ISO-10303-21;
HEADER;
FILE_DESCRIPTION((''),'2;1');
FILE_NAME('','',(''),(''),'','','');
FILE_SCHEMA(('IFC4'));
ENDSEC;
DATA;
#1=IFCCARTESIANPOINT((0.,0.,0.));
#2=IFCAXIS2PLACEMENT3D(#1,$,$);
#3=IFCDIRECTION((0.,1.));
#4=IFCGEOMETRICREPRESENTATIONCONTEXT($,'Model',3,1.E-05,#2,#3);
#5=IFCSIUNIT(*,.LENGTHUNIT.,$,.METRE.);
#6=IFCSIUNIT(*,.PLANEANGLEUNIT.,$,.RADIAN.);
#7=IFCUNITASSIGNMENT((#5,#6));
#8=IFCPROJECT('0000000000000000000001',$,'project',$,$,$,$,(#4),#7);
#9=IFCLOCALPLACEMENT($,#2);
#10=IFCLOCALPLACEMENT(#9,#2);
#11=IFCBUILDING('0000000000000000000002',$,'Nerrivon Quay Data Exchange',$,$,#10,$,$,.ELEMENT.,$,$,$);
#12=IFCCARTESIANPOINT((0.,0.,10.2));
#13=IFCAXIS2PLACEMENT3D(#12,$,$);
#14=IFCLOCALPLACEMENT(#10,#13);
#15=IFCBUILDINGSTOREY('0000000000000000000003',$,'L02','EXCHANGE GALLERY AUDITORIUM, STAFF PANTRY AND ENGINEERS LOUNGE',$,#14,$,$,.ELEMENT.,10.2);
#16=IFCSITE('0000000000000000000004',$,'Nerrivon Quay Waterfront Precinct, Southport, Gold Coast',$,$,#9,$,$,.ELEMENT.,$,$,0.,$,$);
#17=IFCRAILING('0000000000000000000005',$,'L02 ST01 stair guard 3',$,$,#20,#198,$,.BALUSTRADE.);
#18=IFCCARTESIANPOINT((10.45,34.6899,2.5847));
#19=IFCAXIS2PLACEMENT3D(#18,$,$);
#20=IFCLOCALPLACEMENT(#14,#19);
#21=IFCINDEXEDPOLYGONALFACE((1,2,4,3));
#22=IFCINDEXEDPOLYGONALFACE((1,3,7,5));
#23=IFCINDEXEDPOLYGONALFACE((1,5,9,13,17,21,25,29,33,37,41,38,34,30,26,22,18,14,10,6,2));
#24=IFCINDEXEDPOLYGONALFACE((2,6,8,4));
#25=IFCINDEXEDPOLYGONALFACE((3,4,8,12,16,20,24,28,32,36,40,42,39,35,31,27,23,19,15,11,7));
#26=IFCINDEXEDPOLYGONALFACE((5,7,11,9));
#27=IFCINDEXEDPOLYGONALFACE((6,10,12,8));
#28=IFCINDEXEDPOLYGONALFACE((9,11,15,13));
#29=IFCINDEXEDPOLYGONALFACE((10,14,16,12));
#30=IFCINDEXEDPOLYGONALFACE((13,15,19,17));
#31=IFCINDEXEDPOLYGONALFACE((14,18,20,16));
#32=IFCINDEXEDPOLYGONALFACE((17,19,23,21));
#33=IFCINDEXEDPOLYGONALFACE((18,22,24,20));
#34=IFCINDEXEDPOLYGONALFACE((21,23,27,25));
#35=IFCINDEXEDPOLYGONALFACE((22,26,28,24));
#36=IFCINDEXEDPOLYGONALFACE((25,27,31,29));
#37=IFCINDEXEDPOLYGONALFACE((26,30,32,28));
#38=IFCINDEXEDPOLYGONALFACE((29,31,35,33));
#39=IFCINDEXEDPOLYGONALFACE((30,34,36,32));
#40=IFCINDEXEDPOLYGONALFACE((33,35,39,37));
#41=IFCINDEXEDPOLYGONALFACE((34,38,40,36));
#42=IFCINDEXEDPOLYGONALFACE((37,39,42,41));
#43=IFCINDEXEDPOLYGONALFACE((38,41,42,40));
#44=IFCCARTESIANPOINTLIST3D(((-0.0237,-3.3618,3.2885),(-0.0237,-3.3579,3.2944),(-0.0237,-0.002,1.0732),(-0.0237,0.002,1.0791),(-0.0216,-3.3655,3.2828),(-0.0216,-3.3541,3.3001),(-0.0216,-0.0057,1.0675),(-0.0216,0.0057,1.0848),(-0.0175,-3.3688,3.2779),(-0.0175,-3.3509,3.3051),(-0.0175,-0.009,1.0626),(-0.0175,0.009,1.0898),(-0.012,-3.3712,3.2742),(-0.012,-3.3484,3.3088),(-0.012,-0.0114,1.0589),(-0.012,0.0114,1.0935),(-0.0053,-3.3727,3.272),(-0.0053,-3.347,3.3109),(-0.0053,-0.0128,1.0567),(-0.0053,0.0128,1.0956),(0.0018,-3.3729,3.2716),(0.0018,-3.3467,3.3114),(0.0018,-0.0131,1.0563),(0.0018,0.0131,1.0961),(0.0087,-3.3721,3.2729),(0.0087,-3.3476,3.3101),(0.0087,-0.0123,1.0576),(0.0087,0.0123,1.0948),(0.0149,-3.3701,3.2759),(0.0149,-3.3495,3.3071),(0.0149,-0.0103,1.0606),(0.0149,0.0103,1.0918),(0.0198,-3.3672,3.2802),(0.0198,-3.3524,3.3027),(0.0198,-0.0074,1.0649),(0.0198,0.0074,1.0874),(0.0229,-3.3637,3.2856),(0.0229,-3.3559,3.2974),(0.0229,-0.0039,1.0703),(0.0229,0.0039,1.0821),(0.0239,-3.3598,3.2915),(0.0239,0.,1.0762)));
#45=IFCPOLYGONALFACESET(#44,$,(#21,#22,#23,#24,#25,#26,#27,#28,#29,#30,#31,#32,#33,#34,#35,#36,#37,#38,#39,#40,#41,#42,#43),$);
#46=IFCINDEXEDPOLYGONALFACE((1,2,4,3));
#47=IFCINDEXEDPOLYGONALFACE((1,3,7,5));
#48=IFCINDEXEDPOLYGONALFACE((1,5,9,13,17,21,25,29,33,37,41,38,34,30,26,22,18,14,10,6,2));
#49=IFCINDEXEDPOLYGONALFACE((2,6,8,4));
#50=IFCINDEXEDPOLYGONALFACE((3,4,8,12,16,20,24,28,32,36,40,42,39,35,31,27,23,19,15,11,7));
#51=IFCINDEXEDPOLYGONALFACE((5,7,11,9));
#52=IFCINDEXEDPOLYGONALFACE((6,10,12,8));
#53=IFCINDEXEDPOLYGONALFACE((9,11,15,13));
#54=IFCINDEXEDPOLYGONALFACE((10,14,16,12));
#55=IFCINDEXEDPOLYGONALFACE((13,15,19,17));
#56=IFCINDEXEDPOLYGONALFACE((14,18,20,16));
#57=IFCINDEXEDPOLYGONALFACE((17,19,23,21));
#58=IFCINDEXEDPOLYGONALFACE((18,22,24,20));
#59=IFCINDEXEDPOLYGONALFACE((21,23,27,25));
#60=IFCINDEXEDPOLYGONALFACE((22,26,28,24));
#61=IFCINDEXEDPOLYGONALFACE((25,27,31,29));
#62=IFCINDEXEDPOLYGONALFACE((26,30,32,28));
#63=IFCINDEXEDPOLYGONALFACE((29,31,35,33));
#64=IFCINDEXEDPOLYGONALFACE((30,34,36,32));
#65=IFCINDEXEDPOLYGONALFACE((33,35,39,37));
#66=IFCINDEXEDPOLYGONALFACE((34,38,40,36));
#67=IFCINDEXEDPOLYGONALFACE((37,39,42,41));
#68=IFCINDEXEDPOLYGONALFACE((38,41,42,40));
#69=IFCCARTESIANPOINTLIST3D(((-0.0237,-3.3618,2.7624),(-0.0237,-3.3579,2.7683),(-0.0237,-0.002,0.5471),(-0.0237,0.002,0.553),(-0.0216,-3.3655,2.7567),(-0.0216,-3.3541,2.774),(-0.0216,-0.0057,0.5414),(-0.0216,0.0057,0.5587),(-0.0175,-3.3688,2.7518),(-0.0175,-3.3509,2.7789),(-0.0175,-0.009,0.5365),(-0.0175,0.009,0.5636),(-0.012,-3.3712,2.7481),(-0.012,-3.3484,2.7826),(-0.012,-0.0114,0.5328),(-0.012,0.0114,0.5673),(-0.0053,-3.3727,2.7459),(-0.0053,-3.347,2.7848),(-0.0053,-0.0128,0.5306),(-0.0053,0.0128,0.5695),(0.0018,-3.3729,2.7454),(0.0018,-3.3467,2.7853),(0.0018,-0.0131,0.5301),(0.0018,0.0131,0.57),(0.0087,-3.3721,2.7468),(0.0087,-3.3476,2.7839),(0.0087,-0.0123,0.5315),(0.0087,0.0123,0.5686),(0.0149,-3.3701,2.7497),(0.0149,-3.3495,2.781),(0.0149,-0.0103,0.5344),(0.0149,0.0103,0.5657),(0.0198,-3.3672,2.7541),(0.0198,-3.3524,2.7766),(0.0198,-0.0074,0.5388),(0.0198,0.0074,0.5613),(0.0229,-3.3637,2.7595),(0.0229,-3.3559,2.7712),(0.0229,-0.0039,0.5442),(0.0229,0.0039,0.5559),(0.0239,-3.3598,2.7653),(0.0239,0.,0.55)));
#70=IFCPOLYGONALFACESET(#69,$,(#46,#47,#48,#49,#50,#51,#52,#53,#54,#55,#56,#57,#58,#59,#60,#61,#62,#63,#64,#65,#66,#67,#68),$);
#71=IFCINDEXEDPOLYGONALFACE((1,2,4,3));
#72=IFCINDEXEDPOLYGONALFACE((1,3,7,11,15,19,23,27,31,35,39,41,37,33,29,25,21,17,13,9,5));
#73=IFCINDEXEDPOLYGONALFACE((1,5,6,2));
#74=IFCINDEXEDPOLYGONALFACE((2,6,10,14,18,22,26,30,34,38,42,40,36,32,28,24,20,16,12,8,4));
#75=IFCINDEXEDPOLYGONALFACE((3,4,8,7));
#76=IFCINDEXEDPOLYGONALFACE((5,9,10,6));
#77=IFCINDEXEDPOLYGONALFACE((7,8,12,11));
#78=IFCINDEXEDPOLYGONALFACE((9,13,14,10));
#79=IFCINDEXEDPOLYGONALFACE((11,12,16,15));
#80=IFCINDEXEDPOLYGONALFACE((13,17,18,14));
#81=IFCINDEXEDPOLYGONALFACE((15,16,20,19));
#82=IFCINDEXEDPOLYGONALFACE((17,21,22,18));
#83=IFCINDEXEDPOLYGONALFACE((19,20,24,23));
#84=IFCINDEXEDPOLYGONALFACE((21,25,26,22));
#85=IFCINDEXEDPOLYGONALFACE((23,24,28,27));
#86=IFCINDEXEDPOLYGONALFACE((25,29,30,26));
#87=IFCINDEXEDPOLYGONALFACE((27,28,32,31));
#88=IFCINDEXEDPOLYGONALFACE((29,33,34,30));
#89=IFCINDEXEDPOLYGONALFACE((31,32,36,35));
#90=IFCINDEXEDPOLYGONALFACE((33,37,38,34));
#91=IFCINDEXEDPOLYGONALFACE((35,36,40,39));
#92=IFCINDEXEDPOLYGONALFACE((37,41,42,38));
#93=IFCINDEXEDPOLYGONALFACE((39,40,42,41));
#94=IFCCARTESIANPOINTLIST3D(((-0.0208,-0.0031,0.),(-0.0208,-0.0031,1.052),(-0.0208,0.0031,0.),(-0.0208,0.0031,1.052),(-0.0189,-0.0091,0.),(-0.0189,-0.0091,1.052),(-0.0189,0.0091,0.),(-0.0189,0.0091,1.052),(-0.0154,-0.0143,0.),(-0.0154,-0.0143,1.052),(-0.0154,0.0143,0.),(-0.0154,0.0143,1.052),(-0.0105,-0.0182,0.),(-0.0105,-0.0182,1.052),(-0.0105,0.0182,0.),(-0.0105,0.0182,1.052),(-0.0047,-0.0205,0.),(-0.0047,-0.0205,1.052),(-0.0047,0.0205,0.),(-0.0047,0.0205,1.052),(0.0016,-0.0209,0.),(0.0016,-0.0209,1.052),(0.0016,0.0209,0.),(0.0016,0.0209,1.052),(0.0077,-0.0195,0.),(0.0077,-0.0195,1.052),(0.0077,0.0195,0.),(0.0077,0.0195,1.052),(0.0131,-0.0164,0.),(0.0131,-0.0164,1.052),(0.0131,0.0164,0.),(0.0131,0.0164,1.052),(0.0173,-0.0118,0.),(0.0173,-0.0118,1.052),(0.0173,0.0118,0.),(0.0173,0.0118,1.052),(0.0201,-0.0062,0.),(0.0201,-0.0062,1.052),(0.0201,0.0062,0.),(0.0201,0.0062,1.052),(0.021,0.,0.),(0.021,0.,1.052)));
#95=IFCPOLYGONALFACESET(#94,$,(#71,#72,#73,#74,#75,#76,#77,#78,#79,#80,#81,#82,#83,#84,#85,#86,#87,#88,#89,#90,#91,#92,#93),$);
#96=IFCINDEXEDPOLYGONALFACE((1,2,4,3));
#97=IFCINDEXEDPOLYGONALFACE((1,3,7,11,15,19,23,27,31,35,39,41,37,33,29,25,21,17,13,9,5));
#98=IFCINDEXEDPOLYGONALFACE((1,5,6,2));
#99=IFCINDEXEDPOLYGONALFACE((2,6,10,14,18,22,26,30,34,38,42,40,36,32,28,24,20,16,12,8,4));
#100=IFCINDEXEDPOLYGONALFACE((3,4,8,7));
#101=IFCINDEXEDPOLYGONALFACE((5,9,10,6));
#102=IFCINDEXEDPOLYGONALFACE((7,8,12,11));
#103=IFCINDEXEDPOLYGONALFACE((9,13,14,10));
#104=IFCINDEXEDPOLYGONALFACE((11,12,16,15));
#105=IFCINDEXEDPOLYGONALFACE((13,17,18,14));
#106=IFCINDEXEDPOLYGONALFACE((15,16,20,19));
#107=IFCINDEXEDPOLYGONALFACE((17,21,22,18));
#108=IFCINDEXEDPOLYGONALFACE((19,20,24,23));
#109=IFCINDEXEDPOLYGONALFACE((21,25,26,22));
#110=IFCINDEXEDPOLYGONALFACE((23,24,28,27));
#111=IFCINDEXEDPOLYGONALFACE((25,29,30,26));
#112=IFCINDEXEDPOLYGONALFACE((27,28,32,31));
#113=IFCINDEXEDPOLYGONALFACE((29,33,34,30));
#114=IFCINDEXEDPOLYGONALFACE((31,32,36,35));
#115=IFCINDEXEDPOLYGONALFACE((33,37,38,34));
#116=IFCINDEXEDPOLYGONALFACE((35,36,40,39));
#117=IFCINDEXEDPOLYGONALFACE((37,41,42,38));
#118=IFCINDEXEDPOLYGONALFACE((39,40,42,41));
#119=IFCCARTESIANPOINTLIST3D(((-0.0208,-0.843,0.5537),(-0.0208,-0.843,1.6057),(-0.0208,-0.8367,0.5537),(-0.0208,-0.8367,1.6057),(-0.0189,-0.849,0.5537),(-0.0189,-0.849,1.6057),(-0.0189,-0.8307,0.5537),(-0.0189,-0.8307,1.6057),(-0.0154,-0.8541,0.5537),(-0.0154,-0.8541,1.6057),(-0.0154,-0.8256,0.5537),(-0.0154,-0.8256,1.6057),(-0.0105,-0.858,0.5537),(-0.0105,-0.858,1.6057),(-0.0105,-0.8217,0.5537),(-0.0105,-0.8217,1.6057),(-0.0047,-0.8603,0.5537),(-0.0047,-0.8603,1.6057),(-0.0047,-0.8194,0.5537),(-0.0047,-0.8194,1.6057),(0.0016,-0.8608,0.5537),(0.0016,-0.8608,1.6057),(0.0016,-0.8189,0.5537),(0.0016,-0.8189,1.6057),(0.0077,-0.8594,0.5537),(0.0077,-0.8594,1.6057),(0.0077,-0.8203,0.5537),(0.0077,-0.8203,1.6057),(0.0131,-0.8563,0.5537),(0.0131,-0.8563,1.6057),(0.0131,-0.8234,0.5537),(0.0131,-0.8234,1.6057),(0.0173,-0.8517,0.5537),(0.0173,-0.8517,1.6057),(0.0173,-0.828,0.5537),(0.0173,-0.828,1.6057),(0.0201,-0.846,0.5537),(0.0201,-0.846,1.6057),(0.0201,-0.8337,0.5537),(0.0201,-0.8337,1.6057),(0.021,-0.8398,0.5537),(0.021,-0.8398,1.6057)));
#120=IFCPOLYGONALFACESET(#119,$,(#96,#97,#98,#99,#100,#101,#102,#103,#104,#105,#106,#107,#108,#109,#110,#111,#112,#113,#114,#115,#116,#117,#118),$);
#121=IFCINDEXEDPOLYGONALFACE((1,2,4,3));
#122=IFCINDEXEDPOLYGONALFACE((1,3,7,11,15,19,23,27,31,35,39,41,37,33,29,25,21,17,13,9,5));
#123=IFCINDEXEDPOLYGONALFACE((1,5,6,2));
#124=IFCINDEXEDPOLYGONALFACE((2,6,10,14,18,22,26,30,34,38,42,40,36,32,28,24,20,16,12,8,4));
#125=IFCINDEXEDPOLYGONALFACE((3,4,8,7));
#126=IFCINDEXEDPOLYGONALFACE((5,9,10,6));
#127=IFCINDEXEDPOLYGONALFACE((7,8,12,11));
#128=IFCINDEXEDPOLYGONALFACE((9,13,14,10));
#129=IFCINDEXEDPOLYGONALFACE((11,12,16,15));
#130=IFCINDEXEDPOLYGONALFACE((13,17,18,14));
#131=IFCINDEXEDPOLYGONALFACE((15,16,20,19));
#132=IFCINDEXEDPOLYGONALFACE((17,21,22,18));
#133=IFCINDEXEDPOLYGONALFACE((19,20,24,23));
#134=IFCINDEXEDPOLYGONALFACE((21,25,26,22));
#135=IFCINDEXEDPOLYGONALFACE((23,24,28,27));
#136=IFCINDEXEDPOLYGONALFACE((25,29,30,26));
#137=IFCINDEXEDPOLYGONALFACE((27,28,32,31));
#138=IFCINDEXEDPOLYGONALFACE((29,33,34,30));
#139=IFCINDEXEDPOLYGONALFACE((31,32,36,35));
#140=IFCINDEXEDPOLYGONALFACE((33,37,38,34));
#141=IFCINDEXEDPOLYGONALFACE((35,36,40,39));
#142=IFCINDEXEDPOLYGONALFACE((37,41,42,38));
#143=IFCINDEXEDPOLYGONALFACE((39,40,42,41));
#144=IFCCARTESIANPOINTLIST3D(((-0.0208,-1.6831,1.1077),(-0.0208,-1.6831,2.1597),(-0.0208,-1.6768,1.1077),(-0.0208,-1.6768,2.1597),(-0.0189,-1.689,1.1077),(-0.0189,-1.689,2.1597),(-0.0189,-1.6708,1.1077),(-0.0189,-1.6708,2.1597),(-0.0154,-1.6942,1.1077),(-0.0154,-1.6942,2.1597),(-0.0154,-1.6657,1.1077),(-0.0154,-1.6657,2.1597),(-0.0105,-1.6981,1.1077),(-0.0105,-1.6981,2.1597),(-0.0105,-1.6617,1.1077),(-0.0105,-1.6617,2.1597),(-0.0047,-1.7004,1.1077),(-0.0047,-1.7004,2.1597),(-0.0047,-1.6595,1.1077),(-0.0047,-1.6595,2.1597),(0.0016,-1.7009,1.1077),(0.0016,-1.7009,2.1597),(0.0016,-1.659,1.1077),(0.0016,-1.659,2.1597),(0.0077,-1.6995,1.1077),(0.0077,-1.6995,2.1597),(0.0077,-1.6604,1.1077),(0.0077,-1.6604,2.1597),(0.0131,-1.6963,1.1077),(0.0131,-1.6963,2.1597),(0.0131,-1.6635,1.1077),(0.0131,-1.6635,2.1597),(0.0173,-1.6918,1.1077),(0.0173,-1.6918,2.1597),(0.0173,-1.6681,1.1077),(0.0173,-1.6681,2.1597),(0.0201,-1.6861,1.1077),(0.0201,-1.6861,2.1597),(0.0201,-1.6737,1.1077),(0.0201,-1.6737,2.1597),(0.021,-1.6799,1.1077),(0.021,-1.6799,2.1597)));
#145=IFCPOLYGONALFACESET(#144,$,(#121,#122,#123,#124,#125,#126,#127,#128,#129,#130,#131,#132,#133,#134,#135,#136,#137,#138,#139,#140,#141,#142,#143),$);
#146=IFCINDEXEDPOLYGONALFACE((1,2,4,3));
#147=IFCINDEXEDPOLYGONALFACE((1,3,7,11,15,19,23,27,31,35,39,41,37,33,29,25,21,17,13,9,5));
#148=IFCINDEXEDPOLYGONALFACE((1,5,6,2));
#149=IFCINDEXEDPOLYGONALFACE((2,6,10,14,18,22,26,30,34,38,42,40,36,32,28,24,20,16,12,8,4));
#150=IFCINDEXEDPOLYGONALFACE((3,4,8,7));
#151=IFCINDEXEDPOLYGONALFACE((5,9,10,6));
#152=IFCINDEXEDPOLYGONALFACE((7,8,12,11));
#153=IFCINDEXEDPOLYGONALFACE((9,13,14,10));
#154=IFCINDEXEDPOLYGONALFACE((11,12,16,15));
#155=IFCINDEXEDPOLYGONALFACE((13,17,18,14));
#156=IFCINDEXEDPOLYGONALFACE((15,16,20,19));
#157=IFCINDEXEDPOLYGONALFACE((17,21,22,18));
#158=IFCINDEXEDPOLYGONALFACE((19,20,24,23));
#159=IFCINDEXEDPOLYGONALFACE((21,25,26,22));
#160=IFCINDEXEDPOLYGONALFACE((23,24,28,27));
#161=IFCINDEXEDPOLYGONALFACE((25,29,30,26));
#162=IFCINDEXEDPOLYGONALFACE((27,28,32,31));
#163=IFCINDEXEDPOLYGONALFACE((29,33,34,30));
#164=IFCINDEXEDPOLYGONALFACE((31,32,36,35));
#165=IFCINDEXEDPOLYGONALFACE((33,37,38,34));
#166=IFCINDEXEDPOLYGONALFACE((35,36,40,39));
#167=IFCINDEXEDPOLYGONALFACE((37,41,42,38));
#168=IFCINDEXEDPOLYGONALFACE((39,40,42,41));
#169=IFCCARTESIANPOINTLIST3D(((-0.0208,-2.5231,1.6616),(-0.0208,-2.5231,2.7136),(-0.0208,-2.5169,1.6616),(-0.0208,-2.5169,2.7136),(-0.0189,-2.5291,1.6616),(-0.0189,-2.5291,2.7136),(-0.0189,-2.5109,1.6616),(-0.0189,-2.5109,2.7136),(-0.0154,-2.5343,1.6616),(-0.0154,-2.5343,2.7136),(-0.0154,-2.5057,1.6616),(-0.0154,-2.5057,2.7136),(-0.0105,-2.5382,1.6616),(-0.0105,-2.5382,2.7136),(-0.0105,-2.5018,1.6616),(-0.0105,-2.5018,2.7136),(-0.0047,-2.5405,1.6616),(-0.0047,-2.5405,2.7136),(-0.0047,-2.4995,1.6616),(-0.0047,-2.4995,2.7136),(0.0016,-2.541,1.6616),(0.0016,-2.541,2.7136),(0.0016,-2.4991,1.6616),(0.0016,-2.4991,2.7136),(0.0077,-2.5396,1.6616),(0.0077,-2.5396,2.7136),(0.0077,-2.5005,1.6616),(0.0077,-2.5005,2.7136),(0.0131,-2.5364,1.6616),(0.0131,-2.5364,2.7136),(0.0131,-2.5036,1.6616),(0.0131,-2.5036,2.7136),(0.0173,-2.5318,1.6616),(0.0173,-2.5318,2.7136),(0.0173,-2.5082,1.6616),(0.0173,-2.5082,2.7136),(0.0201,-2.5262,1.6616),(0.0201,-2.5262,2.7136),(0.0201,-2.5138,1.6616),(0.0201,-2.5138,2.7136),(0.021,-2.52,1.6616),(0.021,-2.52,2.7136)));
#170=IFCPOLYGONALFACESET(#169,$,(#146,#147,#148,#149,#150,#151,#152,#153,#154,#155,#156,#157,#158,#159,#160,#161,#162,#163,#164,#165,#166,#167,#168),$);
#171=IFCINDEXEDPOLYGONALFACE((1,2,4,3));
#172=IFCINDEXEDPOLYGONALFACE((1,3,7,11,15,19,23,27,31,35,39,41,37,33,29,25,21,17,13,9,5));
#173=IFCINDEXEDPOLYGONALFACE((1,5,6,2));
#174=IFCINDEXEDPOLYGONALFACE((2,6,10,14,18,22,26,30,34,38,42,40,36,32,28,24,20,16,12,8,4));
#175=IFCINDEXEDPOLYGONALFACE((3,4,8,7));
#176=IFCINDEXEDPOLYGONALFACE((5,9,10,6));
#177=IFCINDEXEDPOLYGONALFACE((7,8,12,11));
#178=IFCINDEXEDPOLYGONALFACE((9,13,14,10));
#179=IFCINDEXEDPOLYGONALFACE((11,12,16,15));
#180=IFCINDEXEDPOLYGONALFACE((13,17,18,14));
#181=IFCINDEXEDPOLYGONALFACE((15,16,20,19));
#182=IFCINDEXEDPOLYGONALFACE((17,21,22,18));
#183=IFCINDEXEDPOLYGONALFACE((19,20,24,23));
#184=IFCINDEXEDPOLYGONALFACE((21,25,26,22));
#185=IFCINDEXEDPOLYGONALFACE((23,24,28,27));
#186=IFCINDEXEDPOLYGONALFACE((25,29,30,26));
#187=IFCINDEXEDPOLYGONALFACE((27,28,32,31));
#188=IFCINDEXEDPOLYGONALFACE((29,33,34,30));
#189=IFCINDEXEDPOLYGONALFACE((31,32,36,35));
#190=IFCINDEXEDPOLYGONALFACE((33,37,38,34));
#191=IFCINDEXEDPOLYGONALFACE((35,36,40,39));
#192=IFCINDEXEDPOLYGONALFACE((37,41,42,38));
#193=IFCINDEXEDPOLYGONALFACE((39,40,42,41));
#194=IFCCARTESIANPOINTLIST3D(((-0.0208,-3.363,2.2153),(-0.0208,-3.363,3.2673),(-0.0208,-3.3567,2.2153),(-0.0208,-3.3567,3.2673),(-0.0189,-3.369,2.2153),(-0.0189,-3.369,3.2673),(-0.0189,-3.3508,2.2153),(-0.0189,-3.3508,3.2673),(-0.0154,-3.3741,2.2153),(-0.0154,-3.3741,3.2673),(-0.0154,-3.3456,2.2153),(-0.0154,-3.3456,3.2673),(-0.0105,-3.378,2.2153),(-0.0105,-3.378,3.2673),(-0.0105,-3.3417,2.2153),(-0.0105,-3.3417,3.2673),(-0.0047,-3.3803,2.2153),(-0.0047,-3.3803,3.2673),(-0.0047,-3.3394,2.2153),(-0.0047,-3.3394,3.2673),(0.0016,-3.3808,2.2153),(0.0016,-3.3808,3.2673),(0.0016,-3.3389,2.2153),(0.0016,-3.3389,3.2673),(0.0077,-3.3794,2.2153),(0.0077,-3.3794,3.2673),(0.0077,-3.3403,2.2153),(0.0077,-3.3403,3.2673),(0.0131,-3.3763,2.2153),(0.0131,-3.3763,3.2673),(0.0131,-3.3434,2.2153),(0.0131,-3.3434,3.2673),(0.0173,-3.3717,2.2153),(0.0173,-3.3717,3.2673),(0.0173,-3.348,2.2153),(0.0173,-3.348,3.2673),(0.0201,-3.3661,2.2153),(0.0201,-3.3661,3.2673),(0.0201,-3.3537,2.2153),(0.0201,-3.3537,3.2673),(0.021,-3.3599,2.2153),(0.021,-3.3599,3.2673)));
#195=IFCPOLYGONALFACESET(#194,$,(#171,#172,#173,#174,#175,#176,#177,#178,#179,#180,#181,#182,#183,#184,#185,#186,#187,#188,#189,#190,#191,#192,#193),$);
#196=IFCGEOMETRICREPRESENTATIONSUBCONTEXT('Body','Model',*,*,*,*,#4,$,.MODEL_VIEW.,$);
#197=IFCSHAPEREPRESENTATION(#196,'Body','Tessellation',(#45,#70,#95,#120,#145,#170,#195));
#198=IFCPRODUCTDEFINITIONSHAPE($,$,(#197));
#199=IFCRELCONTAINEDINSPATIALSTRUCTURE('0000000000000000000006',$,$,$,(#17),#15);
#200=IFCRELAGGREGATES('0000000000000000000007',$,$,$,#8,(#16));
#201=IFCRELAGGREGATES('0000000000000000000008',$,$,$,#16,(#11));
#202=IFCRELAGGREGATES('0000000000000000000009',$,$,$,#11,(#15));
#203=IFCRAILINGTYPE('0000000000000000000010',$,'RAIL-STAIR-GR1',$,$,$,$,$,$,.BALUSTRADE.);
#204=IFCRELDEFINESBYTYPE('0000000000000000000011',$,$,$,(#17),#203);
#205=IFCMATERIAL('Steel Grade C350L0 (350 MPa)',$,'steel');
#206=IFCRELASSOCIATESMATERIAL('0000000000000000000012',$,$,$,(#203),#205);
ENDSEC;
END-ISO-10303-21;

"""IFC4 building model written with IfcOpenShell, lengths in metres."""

from ifc_helpers import new_model, si_unit, direction, frame, origin, origin_2d, place, context, subcontext, project, spatial, circle, extrude, material, type_object, element, save


model = new_model("IFC4")

# Units and contexts
model_context = context("Model", 3, precision=1e-05, world=origin(), true_north=direction((0.0, 1.0)))
body_context = subcontext(model_context, "Body", "Model", "MODEL_VIEW")
ifc_project = project(units=[si_unit("LENGTHUNIT", "METRE"), si_unit("PLANEANGLEUNIT", "RADIAN")], contexts=[model_context])

# Site, building, storey
site_placement = place(None, origin())
site = spatial("IfcSite", under=ifc_project, at=site_placement, Name="Nerrivon Quay Waterfront Precinct, Southport, Gold Coast", CompositionType="ELEMENT", RefElevation=0.0)
building_placement = place(site_placement, origin())
building = spatial("IfcBuilding", under=site, at=building_placement, Name="Nerrivon Quay Data Exchange", CompositionType="ELEMENT")
storey_placement = place(building_placement, frame((0.0, 0.0, 10.2)))
storey = spatial("IfcBuildingStorey", under=building, at=storey_placement, Name="L02", Description="EXCHANGE GALLERY AUDITORIUM, STAFF PANTRY AND ENGINEERS LOUNGE", CompositionType="ELEMENT", Elevation=10.2)

# Railing
ifc_material_1 = material(Name="Steel Grade C350L0 (350 MPa)", Category="steel")
railing_type_1 = type_object("IfcRailingType", Name="RAIL-STAIR-GR1", PredefinedType="BALUSTRADE", material=ifc_material_1)
railing_1_placement = place(storey_placement, frame((10.45, 34.6899, 2.5847)))
element("IfcRailing", 1, at=railing_1_placement, inside=storey, type_object=railing_type_1, Name="L02 ST01 stair guard 3", PredefinedType="BALUSTRADE", context=body_context, shape_type="SweptSolid", body=[
    extrude(circle(Radius=0.0239, at=origin_2d()), frame((0.0, 0.0, 1.0762), z_axis=(0.0, -0.834858, 0.550465), x_axis=(1.0, 0.0, 0.0)), (0.0, 0.0, 1.0), 4.0244),
    extrude(circle(Radius=0.0239, at=origin_2d()), frame((0.0, 0.0, 0.55), z_axis=(0.0, -0.834858, 0.550465), x_axis=(1.0, 0.0, 0.0)), (0.0, 0.0, 1.0), 4.0244),
    extrude(circle(Radius=0.021, at=origin_2d()), origin(), (0.0, 0.0, 1.0), 1.052),
    extrude(circle(Radius=0.021, at=origin_2d()), frame((0.0, -0.8398, 0.5537)), (0.0, 0.0, 1.0), 1.052),
    extrude(circle(Radius=0.021, at=origin_2d()), frame((0.0, -1.6799, 1.1077)), (0.0, 0.0, 1.0), 1.052),
    extrude(circle(Radius=0.021, at=origin_2d()), frame((0.0, -2.52, 1.6616)), (0.0, 0.0, 1.0), 1.052),
    extrude(circle(Radius=0.021, at=origin_2d()), frame((0.0, -3.3599, 2.2153)), (0.0, 0.0, 1.0), 1.052),
])

save(model, "model.ifc")
